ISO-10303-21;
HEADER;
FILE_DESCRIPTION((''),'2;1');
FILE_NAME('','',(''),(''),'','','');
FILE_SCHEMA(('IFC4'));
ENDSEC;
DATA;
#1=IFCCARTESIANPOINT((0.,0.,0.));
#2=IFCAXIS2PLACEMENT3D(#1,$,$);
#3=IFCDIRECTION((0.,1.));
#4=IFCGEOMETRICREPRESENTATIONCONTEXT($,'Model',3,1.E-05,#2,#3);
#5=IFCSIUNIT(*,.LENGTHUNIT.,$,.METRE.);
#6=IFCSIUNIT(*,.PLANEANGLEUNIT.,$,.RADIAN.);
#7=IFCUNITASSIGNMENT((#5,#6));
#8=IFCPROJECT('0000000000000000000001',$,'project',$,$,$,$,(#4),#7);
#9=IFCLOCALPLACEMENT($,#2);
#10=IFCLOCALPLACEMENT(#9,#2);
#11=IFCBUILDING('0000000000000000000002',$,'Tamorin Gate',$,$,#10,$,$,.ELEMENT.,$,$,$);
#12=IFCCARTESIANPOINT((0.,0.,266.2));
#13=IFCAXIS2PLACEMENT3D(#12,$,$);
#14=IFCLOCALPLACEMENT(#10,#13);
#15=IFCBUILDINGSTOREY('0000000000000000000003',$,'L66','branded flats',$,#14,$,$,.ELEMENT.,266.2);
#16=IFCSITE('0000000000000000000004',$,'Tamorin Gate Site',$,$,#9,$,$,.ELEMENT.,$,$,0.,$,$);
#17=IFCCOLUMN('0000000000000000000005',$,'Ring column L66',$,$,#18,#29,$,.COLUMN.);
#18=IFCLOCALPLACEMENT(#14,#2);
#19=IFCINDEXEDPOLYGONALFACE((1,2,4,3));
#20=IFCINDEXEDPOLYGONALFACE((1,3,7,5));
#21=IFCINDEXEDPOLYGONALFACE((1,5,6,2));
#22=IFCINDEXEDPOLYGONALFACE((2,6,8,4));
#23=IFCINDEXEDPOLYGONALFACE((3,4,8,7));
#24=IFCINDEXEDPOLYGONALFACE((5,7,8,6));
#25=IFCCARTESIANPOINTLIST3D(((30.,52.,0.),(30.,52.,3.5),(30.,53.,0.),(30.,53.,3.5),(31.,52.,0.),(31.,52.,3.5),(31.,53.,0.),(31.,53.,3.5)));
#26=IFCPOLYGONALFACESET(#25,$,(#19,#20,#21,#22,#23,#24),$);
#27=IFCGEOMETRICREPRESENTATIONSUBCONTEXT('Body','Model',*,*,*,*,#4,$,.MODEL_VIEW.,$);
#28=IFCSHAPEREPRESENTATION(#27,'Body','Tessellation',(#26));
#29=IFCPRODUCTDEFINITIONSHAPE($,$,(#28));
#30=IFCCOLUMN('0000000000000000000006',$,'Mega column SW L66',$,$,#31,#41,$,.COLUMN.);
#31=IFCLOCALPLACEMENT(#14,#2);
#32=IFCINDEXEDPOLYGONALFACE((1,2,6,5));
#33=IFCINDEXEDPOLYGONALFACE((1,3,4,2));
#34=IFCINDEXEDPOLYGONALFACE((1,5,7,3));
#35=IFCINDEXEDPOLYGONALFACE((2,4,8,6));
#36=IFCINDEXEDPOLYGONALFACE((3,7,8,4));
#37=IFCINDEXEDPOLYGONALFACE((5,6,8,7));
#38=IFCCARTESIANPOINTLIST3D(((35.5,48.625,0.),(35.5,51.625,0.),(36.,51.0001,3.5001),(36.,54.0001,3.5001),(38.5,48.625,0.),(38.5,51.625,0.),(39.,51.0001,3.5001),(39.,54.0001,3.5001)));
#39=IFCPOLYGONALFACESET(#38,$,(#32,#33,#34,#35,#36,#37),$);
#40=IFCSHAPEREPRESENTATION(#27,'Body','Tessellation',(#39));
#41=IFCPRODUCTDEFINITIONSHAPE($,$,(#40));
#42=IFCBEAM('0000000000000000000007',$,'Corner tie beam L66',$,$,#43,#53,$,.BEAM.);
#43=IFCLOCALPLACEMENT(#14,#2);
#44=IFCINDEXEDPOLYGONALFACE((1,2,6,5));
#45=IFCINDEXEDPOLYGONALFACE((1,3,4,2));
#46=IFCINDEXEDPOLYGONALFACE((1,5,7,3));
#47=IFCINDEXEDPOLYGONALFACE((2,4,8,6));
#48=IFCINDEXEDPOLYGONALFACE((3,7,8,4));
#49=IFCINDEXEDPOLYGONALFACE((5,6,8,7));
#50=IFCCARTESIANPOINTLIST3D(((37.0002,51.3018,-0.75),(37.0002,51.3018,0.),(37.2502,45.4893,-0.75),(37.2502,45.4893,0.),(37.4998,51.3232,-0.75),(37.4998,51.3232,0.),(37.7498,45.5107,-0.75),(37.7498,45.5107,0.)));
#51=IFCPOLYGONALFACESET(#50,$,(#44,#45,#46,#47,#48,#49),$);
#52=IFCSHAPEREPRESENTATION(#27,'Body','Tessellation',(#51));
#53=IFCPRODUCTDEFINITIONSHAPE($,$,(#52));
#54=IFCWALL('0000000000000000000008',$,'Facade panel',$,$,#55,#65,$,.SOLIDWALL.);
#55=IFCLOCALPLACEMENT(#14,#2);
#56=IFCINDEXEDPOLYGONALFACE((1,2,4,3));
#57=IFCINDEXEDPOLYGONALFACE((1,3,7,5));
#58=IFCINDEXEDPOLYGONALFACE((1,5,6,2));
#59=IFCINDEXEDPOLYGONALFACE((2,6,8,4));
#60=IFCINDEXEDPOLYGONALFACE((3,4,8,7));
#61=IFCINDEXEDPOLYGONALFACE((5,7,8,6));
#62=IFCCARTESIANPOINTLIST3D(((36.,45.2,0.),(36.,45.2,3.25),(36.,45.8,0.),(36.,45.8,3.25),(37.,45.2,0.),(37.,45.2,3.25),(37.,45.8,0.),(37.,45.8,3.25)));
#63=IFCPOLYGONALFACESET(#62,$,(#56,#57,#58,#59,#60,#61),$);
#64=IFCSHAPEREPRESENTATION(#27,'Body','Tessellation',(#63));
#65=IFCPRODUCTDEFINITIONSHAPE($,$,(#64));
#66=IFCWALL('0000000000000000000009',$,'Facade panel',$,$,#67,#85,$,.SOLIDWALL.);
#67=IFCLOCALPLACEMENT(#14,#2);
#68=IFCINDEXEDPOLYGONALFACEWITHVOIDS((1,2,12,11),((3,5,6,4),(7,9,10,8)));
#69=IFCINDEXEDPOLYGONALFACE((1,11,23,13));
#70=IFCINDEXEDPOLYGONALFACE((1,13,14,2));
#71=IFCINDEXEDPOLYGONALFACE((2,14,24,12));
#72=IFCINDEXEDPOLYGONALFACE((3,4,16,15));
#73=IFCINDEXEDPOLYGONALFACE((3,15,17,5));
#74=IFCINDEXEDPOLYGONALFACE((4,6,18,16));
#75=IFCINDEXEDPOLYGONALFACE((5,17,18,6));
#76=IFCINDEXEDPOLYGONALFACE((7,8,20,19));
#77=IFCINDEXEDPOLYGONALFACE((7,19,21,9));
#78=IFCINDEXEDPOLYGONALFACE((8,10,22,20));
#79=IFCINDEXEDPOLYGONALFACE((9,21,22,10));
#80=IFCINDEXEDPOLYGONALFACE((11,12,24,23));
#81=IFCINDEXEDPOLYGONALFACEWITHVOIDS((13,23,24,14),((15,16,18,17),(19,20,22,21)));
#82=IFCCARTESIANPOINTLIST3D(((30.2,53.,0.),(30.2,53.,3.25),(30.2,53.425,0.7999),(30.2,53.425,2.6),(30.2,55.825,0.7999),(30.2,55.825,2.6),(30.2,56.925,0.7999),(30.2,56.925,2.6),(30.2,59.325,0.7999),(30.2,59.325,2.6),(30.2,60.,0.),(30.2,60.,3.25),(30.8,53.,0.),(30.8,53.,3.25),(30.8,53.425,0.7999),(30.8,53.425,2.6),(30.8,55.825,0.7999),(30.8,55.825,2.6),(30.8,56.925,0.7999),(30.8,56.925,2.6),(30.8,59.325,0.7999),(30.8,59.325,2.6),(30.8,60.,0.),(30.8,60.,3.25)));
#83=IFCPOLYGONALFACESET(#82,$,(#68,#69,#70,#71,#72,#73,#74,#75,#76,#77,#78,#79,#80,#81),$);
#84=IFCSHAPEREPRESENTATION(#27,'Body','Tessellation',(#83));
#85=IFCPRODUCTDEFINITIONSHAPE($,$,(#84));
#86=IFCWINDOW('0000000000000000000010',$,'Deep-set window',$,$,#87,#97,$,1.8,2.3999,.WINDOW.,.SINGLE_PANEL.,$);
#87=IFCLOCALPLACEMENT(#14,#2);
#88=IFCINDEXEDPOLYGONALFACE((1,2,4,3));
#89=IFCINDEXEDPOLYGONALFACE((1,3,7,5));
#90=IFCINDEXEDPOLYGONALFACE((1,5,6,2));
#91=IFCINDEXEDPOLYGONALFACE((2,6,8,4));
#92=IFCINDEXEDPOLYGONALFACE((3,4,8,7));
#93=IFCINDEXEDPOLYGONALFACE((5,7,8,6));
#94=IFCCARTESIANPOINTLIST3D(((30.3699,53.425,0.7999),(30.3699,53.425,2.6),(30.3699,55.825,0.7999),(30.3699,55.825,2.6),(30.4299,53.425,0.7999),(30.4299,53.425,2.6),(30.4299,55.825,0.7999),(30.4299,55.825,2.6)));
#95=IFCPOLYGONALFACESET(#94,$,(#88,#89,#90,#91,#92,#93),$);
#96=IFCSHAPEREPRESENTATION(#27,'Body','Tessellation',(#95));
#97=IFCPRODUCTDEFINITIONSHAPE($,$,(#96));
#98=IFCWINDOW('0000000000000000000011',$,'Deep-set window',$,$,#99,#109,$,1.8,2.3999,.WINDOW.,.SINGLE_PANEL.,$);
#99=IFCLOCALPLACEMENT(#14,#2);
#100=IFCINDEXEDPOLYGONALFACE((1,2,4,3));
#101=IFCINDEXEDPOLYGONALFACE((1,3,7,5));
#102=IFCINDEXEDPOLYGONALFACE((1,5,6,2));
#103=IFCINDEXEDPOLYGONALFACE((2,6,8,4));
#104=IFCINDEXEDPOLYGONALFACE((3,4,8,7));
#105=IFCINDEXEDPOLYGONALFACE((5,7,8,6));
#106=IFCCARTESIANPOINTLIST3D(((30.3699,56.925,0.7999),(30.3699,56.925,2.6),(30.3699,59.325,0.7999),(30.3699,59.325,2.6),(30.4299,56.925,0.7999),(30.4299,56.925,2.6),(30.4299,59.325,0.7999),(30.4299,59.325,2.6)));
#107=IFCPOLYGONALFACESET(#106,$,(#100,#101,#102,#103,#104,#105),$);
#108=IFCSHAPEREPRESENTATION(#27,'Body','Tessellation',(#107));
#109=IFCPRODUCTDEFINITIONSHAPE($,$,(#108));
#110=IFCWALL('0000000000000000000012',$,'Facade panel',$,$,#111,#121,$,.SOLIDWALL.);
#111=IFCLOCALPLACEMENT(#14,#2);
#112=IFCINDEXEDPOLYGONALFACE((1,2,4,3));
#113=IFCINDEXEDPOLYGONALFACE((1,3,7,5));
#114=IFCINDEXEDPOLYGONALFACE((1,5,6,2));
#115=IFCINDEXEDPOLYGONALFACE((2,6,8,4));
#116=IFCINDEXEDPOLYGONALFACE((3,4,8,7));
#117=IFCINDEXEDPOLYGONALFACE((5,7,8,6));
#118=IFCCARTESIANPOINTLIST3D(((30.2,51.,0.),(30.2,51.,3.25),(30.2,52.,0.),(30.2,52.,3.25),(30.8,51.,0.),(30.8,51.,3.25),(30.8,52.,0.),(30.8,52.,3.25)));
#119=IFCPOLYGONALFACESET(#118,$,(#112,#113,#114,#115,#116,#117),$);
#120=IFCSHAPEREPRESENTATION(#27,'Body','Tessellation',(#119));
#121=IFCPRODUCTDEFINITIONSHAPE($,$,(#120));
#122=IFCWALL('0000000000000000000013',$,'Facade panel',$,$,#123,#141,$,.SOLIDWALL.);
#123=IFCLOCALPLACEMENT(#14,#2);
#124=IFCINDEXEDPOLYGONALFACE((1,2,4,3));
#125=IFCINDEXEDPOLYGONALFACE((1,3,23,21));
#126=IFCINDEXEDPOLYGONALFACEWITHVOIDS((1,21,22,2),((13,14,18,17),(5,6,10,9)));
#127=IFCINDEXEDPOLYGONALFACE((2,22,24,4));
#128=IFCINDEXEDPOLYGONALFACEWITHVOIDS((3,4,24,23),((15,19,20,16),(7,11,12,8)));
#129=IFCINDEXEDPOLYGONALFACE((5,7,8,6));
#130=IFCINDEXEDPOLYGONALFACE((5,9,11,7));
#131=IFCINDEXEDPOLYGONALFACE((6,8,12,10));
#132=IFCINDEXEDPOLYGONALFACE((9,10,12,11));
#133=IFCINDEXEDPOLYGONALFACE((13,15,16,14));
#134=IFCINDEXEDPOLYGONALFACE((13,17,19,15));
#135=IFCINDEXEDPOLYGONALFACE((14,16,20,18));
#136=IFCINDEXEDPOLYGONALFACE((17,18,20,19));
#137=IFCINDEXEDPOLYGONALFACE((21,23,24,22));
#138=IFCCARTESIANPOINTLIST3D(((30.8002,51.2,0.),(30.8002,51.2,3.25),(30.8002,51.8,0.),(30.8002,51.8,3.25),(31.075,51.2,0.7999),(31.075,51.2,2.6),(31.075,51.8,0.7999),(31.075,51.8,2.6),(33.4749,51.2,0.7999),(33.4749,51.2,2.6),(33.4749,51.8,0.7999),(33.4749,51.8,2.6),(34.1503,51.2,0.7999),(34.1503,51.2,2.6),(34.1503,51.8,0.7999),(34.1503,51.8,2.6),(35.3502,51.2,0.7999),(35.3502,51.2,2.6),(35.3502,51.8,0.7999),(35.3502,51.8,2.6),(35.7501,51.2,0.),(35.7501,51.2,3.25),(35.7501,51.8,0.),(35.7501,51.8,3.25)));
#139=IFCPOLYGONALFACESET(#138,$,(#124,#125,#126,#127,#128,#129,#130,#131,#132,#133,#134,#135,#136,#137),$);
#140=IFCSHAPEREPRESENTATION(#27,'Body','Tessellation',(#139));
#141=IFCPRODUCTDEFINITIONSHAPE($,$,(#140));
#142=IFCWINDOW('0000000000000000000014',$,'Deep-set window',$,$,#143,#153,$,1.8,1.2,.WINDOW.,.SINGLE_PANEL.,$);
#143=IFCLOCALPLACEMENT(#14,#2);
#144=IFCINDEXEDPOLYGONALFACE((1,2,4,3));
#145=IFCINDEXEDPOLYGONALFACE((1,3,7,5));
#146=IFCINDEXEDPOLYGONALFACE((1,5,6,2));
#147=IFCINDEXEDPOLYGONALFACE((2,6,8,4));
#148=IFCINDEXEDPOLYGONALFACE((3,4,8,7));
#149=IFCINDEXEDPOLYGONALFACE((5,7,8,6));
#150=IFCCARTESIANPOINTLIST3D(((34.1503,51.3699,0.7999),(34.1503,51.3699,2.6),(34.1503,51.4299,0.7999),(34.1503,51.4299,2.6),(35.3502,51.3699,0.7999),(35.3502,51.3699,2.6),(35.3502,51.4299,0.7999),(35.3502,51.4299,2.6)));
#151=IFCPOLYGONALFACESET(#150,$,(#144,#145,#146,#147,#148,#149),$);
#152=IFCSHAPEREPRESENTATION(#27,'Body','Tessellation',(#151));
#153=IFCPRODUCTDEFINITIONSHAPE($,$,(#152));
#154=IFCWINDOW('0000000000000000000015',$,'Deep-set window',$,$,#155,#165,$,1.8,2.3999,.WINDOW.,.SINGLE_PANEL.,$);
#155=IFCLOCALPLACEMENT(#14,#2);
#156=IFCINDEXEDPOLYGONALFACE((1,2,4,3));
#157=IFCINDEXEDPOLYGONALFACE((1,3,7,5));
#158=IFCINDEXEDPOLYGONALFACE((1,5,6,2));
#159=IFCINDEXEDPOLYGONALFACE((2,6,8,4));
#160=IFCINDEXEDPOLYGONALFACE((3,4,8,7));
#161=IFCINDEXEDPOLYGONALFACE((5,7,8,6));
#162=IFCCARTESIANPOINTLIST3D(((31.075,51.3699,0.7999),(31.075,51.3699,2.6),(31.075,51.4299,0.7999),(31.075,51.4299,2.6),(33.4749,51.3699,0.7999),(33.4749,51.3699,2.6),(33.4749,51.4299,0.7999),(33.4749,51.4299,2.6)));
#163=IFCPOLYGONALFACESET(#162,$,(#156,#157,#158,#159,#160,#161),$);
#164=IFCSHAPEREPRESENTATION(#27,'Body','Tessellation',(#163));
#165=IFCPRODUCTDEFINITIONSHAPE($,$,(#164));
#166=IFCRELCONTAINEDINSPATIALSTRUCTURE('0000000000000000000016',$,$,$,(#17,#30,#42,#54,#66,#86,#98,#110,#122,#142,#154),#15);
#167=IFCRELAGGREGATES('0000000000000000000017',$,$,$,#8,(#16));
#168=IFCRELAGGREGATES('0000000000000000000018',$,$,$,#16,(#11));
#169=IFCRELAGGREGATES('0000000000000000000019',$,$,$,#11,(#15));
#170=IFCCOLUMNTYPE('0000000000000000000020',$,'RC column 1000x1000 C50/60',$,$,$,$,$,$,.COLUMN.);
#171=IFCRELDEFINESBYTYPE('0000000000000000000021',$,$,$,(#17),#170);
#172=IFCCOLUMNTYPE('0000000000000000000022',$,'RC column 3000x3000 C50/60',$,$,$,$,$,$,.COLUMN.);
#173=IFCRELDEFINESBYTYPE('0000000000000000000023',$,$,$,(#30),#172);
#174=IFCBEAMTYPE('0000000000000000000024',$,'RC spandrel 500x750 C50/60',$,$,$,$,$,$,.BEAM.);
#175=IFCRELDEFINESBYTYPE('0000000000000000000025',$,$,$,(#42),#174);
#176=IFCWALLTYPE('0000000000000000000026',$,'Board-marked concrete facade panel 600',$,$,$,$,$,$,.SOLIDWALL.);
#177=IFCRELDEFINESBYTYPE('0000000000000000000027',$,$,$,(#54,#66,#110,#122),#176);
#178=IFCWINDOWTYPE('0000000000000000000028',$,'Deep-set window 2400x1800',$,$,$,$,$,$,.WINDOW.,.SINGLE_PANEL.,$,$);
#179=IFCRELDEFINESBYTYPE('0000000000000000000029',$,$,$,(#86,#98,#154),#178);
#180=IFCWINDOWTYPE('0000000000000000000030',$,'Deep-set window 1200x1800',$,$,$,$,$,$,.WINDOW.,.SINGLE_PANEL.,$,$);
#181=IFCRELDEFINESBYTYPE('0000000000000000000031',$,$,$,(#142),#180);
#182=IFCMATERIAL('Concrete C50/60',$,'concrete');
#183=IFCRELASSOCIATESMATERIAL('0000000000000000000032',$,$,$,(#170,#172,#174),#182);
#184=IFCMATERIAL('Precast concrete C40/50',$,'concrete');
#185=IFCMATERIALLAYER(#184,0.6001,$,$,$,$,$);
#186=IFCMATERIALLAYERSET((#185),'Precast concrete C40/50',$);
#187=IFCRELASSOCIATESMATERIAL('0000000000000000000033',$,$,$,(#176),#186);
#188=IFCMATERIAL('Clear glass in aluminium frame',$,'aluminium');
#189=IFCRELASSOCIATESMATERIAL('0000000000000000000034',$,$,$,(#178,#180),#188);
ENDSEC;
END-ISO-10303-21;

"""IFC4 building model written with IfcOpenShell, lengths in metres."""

from ifc_helpers import new_model, si_unit, direction, frame, frame_2d, origin, origin_2d, place, context, subcontext, project, spatial, rectangle, extrude, material, layer, layer_set, material_profile, profile_set, type_object, element, fill, save


model = new_model("IFC4")

# Units and contexts
model_context = context("Model", 3, precision=1e-05, world=origin(), true_north=direction((0.0, 1.0)))
body_context = subcontext(model_context, "Body", "Model", "MODEL_VIEW")
ifc_project = project(units=[si_unit("LENGTHUNIT", "METRE"), si_unit("PLANEANGLEUNIT", "RADIAN")], contexts=[model_context])

# Site, building, storey
site_placement = place(None, origin())
site = spatial("IfcSite", under=ifc_project, at=site_placement, Name="Tamorin Gate Site", CompositionType="ELEMENT", RefElevation=0.0)
building_placement = place(site_placement, origin())
building = spatial("IfcBuilding", under=site, at=building_placement, Name="Tamorin Gate", CompositionType="ELEMENT")
storey_placement = place(building_placement, frame((0.0, 0.0, 266.2)))
storey = spatial("IfcBuildingStorey", under=building, at=storey_placement, Name="L66", Description="branded flats", CompositionType="ELEMENT", Elevation=266.2)

# Columns
ifc_material_1 = material(Name="Concrete C50/60", Category="concrete")
ifc_material_profile_1 = material_profile(ifc_material_1, rectangle(XDim=1.0, YDim=1.0, at=origin_2d()), Name="RC 1000x1000")
ifc_profile_set_1 = profile_set([ifc_material_profile_1], Name="Concrete C50/60")
column_type_1 = type_object("IfcColumnType", Name="RC column 1000x1000 C50/60", PredefinedType="COLUMN", material=ifc_profile_set_1)
column_1_placement = place(storey_placement, frame((30.5, 52.5, 0.0), z_axis=(0.0, 0.0, 1.0), x_axis=(1.0, 0.0, 0.0)))
element("IfcColumn", 1, at=column_1_placement, inside=storey, type_object=column_type_1, Name="Ring column L66", PredefinedType="COLUMN", context=body_context, shape_type="SweptSolid", body=[
    extrude(rectangle(XDim=1.0, YDim=1.0, at=origin_2d()), origin(), (0.0, 0.0, 1.0), 3.5),
])
ifc_material_profile_2 = material_profile(ifc_material_1, rectangle(XDim=3.0, YDim=3.0, at=origin_2d()), Name="RC 3000x3000")
ifc_profile_set_2 = profile_set([ifc_material_profile_2], Name="Concrete C50/60")
column_type_2 = type_object("IfcColumnType", Name="RC column 3000x3000 C50/60", PredefinedType="COLUMN", material=ifc_profile_set_2)
column_2_placement = place(storey_placement, frame((37.0, 50.125, 0.0), z_axis=(0.0, 0.0, 1.0), x_axis=(1.0, 0.0, 0.0)))
element("IfcColumn", 2, at=column_2_placement, inside=storey, type_object=column_type_2, Name="Mega column SW L66", PredefinedType="COLUMN", context=body_context, shape_type="SweptSolid", body=[
    extrude(rectangle(XDim=3.0, YDim=3.0, at=origin_2d()), origin(), (0.117393, 0.557619, 0.821754), 4.2593),
])

# Beam
ifc_material_profile_3 = material_profile(ifc_material_1, rectangle(XDim=0.5, YDim=0.75, at=origin_2d()), Name="RC 500x750")
ifc_profile_set_3 = profile_set([ifc_material_profile_3], Name="Concrete C50/60")
beam_type = type_object("IfcBeamType", Name="RC spandrel 500x750 C50/60", PredefinedType="BEAM", material=ifc_profile_set_3)
beam_placement = place(storey_placement, frame((37.25, 51.3125, -0.375), z_axis=(0.042971, -0.999076, 0.0), x_axis=(0.999076, 0.042971, 0.0)))
element("IfcBeam", 3, at=beam_placement, inside=storey, type_object=beam_type, Name="Corner tie beam L66", PredefinedType="BEAM", context=body_context, shape_type="SweptSolid", body=[
    extrude(rectangle(XDim=0.5, YDim=0.75, at=origin_2d()), origin(), (0.0, 0.0, 1.0), 5.8179),
])

# Wall
ifc_material_2 = material(Name="Precast concrete C40/50", Category="concrete")
ifc_layer_1 = layer(ifc_material_2, 0.6001)
ifc_layer_set_1 = layer_set([ifc_layer_1], Name="Precast concrete C40/50")
wall_type_1 = type_object("IfcWallType", Name="Board-marked concrete facade panel 600", PredefinedType="SOLIDWALL", material=ifc_layer_set_1)
wall_1_placement = place(storey_placement, frame((36.0, 45.5, 0.0), z_axis=(0.0, 0.0, 1.0), x_axis=(1.0, 0.0, 0.0)))
element("IfcWall", 4, at=wall_1_placement, inside=storey, type_object=wall_type_1, Name="Facade panel", PredefinedType="SOLIDWALL", context=body_context, shape_type="SweptSolid", body=[
    extrude(rectangle(XDim=1.0, YDim=0.6001, at=frame_2d((0.5, 0.0))), origin(), (0.0, 0.0, 1.0), 3.25),
])

# Wall, openings, windows
wall_2_placement = place(storey_placement, frame((30.5, 60.0, 0.0), z_axis=(0.0, 0.0, 1.0), x_axis=(0.0, -1.0, 0.0)))
wall_2 = element("IfcWall", 5, at=wall_2_placement, inside=storey, type_object=wall_type_1, Name="Facade panel", PredefinedType="SOLIDWALL", context=body_context, shape_type="SweptSolid", body=[
    extrude(rectangle(XDim=7.0, YDim=0.6001, at=frame_2d((3.5, 0.0))), origin(), (0.0, 0.0, 1.0), 3.25),
])
opening_1_placement = place(wall_2_placement, frame((4.175, 0.0, 0.8)))
opening_1 = element("IfcOpeningElement", 6, at=opening_1_placement, cuts=wall_2, PredefinedType="OPENING", context=body_context, shape_type="SweptSolid", body=[
    extrude(rectangle(XDim=2.3999, YDim=1.8, at=frame_2d((1.2, 0.8999))), frame((0.0, 0.3101, 0.0), z_axis=(0.0, -1.0, 0.0), x_axis=(1.0, 0.0, 0.0)), (0.0, 0.0, 1.0), 0.6201),
])
opening_2_placement = place(wall_2_placement, frame((0.675, 0.0, 0.8)))
opening_2 = element("IfcOpeningElement", 7, at=opening_2_placement, cuts=wall_2, PredefinedType="OPENING", context=body_context, shape_type="SweptSolid", body=[
    extrude(rectangle(XDim=2.3999, YDim=1.8, at=frame_2d((1.2, 0.8999))), frame((0.0, 0.3101, 0.0), z_axis=(0.0, -1.0, 0.0), x_axis=(1.0, 0.0, 0.0)), (0.0, 0.0, 1.0), 0.6201),
])
ifc_material_3 = material(Name="Clear glass in aluminium frame", Category="aluminium")
window_type_1 = type_object("IfcWindowType", Name="Deep-set window 2400x1800", PartitioningType="SINGLE_PANEL", PredefinedType="WINDOW", material=ifc_material_3)
window_1_placement = place(opening_1_placement, origin())
window_1 = element("IfcWindow", 8, at=window_1_placement, inside=storey, type_object=window_type_1, Name="Deep-set window", OverallHeight=1.8, OverallWidth=2.3999, PartitioningType="SINGLE_PANEL", PredefinedType="WINDOW", context=body_context, shape_type="SweptSolid", body=[
    extrude(rectangle(XDim=2.3999, YDim=1.8, at=frame_2d((1.2, 0.8999))), frame((0.0, -0.0701, 0.0), z_axis=(0.0, -1.0, 0.0), x_axis=(1.0, 0.0, 0.0)), (0.0, 0.0, 1.0), 0.0601),
])
fill(opening_1, window_1)
window_2_placement = place(opening_2_placement, origin())
window_2 = element("IfcWindow", 9, at=window_2_placement, inside=storey, type_object=window_type_1, Name="Deep-set window", OverallHeight=1.8, OverallWidth=2.3999, PartitioningType="SINGLE_PANEL", PredefinedType="WINDOW", context=body_context, shape_type="SweptSolid", body=[
    extrude(rectangle(XDim=2.3999, YDim=1.8, at=frame_2d((1.2, 0.8999))), frame((0.0, -0.0701, 0.0), z_axis=(0.0, -1.0, 0.0), x_axis=(1.0, 0.0, 0.0)), (0.0, 0.0, 1.0), 0.0601),
])
fill(opening_2, window_2)

# Wall
wall_3_placement = place(storey_placement, frame((30.5, 52.0, 0.0), z_axis=(0.0, 0.0, 1.0), x_axis=(0.0, -1.0, 0.0)))
element("IfcWall", 10, at=wall_3_placement, inside=storey, type_object=wall_type_1, Name="Facade panel", PredefinedType="SOLIDWALL", context=body_context, shape_type="SweptSolid", body=[
    extrude(rectangle(XDim=1.0, YDim=0.6001, at=frame_2d((0.5, 0.0))), origin(), (0.0, 0.0, 1.0), 3.25),
])

# Wall, openings, windows
wall_4_placement = place(storey_placement, frame((30.8, 51.5, 0.0), z_axis=(0.0, 0.0, 1.0), x_axis=(1.0, 0.0, 0.0)))
wall_4 = element("IfcWall", 11, at=wall_4_placement, inside=storey, type_object=wall_type_1, Name="Facade panel", PredefinedType="SOLIDWALL", context=body_context, shape_type="SweptSolid", body=[
    extrude(rectangle(XDim=4.95, YDim=0.6001, at=frame_2d((2.4751, 0.0))), origin(), (0.0, 0.0, 1.0), 3.25),
])
opening_3_placement = place(wall_4_placement, frame((0.2749, 0.0, 0.8)))
opening_3 = element("IfcOpeningElement", 12, at=opening_3_placement, cuts=wall_4, PredefinedType="OPENING", context=body_context, shape_type="SweptSolid", body=[
    extrude(rectangle(XDim=2.3999, YDim=1.8, at=frame_2d((1.2, 0.8999))), frame((0.0, 0.3101, 0.0), z_axis=(0.0, -1.0, 0.0), x_axis=(1.0, 0.0, 0.0)), (0.0, 0.0, 1.0), 0.6201),
])
opening_4_placement = place(wall_4_placement, frame((3.3501, 0.0, 0.8)))
opening_4 = element("IfcOpeningElement", 13, at=opening_4_placement, cuts=wall_4, PredefinedType="OPENING", context=body_context, shape_type="SweptSolid", body=[
    extrude(rectangle(XDim=1.2, YDim=1.8, at=frame_2d((0.6001, 0.8999))), frame((0.0, 0.3101, 0.0), z_axis=(0.0, -1.0, 0.0), x_axis=(1.0, 0.0, 0.0)), (0.0, 0.0, 1.0), 0.6201),
])
window_type_2 = type_object("IfcWindowType", Name="Deep-set window 1200x1800", PartitioningType="SINGLE_PANEL", PredefinedType="WINDOW", material=ifc_material_3)
window_3_placement = place(opening_4_placement, origin())
window_3 = element("IfcWindow", 14, at=window_3_placement, inside=storey, type_object=window_type_2, Name="Deep-set window", OverallHeight=1.8, OverallWidth=1.2, PartitioningType="SINGLE_PANEL", PredefinedType="WINDOW", context=body_context, shape_type="SweptSolid", body=[
    extrude(rectangle(XDim=1.2, YDim=1.8, at=frame_2d((0.6001, 0.8999))), frame((0.0, -0.0701, 0.0), z_axis=(0.0, -1.0, 0.0), x_axis=(1.0, 0.0, 0.0)), (0.0, 0.0, 1.0), 0.0601),
])
fill(opening_4, window_3)
window_4_placement = place(opening_3_placement, origin())
window_4 = element("IfcWindow", 15, at=window_4_placement, inside=storey, type_object=window_type_1, Name="Deep-set window", OverallHeight=1.8, OverallWidth=2.3999, PartitioningType="SINGLE_PANEL", PredefinedType="WINDOW", context=body_context, shape_type="SweptSolid", body=[
    extrude(rectangle(XDim=2.3999, YDim=1.8, at=frame_2d((1.2, 0.8999))), frame((0.0, -0.0701, 0.0), z_axis=(0.0, -1.0, 0.0), x_axis=(1.0, 0.0, 0.0)), (0.0, 0.0, 1.0), 0.0601),
])
fill(opening_3, window_4)

save(model, "model.ifc")
